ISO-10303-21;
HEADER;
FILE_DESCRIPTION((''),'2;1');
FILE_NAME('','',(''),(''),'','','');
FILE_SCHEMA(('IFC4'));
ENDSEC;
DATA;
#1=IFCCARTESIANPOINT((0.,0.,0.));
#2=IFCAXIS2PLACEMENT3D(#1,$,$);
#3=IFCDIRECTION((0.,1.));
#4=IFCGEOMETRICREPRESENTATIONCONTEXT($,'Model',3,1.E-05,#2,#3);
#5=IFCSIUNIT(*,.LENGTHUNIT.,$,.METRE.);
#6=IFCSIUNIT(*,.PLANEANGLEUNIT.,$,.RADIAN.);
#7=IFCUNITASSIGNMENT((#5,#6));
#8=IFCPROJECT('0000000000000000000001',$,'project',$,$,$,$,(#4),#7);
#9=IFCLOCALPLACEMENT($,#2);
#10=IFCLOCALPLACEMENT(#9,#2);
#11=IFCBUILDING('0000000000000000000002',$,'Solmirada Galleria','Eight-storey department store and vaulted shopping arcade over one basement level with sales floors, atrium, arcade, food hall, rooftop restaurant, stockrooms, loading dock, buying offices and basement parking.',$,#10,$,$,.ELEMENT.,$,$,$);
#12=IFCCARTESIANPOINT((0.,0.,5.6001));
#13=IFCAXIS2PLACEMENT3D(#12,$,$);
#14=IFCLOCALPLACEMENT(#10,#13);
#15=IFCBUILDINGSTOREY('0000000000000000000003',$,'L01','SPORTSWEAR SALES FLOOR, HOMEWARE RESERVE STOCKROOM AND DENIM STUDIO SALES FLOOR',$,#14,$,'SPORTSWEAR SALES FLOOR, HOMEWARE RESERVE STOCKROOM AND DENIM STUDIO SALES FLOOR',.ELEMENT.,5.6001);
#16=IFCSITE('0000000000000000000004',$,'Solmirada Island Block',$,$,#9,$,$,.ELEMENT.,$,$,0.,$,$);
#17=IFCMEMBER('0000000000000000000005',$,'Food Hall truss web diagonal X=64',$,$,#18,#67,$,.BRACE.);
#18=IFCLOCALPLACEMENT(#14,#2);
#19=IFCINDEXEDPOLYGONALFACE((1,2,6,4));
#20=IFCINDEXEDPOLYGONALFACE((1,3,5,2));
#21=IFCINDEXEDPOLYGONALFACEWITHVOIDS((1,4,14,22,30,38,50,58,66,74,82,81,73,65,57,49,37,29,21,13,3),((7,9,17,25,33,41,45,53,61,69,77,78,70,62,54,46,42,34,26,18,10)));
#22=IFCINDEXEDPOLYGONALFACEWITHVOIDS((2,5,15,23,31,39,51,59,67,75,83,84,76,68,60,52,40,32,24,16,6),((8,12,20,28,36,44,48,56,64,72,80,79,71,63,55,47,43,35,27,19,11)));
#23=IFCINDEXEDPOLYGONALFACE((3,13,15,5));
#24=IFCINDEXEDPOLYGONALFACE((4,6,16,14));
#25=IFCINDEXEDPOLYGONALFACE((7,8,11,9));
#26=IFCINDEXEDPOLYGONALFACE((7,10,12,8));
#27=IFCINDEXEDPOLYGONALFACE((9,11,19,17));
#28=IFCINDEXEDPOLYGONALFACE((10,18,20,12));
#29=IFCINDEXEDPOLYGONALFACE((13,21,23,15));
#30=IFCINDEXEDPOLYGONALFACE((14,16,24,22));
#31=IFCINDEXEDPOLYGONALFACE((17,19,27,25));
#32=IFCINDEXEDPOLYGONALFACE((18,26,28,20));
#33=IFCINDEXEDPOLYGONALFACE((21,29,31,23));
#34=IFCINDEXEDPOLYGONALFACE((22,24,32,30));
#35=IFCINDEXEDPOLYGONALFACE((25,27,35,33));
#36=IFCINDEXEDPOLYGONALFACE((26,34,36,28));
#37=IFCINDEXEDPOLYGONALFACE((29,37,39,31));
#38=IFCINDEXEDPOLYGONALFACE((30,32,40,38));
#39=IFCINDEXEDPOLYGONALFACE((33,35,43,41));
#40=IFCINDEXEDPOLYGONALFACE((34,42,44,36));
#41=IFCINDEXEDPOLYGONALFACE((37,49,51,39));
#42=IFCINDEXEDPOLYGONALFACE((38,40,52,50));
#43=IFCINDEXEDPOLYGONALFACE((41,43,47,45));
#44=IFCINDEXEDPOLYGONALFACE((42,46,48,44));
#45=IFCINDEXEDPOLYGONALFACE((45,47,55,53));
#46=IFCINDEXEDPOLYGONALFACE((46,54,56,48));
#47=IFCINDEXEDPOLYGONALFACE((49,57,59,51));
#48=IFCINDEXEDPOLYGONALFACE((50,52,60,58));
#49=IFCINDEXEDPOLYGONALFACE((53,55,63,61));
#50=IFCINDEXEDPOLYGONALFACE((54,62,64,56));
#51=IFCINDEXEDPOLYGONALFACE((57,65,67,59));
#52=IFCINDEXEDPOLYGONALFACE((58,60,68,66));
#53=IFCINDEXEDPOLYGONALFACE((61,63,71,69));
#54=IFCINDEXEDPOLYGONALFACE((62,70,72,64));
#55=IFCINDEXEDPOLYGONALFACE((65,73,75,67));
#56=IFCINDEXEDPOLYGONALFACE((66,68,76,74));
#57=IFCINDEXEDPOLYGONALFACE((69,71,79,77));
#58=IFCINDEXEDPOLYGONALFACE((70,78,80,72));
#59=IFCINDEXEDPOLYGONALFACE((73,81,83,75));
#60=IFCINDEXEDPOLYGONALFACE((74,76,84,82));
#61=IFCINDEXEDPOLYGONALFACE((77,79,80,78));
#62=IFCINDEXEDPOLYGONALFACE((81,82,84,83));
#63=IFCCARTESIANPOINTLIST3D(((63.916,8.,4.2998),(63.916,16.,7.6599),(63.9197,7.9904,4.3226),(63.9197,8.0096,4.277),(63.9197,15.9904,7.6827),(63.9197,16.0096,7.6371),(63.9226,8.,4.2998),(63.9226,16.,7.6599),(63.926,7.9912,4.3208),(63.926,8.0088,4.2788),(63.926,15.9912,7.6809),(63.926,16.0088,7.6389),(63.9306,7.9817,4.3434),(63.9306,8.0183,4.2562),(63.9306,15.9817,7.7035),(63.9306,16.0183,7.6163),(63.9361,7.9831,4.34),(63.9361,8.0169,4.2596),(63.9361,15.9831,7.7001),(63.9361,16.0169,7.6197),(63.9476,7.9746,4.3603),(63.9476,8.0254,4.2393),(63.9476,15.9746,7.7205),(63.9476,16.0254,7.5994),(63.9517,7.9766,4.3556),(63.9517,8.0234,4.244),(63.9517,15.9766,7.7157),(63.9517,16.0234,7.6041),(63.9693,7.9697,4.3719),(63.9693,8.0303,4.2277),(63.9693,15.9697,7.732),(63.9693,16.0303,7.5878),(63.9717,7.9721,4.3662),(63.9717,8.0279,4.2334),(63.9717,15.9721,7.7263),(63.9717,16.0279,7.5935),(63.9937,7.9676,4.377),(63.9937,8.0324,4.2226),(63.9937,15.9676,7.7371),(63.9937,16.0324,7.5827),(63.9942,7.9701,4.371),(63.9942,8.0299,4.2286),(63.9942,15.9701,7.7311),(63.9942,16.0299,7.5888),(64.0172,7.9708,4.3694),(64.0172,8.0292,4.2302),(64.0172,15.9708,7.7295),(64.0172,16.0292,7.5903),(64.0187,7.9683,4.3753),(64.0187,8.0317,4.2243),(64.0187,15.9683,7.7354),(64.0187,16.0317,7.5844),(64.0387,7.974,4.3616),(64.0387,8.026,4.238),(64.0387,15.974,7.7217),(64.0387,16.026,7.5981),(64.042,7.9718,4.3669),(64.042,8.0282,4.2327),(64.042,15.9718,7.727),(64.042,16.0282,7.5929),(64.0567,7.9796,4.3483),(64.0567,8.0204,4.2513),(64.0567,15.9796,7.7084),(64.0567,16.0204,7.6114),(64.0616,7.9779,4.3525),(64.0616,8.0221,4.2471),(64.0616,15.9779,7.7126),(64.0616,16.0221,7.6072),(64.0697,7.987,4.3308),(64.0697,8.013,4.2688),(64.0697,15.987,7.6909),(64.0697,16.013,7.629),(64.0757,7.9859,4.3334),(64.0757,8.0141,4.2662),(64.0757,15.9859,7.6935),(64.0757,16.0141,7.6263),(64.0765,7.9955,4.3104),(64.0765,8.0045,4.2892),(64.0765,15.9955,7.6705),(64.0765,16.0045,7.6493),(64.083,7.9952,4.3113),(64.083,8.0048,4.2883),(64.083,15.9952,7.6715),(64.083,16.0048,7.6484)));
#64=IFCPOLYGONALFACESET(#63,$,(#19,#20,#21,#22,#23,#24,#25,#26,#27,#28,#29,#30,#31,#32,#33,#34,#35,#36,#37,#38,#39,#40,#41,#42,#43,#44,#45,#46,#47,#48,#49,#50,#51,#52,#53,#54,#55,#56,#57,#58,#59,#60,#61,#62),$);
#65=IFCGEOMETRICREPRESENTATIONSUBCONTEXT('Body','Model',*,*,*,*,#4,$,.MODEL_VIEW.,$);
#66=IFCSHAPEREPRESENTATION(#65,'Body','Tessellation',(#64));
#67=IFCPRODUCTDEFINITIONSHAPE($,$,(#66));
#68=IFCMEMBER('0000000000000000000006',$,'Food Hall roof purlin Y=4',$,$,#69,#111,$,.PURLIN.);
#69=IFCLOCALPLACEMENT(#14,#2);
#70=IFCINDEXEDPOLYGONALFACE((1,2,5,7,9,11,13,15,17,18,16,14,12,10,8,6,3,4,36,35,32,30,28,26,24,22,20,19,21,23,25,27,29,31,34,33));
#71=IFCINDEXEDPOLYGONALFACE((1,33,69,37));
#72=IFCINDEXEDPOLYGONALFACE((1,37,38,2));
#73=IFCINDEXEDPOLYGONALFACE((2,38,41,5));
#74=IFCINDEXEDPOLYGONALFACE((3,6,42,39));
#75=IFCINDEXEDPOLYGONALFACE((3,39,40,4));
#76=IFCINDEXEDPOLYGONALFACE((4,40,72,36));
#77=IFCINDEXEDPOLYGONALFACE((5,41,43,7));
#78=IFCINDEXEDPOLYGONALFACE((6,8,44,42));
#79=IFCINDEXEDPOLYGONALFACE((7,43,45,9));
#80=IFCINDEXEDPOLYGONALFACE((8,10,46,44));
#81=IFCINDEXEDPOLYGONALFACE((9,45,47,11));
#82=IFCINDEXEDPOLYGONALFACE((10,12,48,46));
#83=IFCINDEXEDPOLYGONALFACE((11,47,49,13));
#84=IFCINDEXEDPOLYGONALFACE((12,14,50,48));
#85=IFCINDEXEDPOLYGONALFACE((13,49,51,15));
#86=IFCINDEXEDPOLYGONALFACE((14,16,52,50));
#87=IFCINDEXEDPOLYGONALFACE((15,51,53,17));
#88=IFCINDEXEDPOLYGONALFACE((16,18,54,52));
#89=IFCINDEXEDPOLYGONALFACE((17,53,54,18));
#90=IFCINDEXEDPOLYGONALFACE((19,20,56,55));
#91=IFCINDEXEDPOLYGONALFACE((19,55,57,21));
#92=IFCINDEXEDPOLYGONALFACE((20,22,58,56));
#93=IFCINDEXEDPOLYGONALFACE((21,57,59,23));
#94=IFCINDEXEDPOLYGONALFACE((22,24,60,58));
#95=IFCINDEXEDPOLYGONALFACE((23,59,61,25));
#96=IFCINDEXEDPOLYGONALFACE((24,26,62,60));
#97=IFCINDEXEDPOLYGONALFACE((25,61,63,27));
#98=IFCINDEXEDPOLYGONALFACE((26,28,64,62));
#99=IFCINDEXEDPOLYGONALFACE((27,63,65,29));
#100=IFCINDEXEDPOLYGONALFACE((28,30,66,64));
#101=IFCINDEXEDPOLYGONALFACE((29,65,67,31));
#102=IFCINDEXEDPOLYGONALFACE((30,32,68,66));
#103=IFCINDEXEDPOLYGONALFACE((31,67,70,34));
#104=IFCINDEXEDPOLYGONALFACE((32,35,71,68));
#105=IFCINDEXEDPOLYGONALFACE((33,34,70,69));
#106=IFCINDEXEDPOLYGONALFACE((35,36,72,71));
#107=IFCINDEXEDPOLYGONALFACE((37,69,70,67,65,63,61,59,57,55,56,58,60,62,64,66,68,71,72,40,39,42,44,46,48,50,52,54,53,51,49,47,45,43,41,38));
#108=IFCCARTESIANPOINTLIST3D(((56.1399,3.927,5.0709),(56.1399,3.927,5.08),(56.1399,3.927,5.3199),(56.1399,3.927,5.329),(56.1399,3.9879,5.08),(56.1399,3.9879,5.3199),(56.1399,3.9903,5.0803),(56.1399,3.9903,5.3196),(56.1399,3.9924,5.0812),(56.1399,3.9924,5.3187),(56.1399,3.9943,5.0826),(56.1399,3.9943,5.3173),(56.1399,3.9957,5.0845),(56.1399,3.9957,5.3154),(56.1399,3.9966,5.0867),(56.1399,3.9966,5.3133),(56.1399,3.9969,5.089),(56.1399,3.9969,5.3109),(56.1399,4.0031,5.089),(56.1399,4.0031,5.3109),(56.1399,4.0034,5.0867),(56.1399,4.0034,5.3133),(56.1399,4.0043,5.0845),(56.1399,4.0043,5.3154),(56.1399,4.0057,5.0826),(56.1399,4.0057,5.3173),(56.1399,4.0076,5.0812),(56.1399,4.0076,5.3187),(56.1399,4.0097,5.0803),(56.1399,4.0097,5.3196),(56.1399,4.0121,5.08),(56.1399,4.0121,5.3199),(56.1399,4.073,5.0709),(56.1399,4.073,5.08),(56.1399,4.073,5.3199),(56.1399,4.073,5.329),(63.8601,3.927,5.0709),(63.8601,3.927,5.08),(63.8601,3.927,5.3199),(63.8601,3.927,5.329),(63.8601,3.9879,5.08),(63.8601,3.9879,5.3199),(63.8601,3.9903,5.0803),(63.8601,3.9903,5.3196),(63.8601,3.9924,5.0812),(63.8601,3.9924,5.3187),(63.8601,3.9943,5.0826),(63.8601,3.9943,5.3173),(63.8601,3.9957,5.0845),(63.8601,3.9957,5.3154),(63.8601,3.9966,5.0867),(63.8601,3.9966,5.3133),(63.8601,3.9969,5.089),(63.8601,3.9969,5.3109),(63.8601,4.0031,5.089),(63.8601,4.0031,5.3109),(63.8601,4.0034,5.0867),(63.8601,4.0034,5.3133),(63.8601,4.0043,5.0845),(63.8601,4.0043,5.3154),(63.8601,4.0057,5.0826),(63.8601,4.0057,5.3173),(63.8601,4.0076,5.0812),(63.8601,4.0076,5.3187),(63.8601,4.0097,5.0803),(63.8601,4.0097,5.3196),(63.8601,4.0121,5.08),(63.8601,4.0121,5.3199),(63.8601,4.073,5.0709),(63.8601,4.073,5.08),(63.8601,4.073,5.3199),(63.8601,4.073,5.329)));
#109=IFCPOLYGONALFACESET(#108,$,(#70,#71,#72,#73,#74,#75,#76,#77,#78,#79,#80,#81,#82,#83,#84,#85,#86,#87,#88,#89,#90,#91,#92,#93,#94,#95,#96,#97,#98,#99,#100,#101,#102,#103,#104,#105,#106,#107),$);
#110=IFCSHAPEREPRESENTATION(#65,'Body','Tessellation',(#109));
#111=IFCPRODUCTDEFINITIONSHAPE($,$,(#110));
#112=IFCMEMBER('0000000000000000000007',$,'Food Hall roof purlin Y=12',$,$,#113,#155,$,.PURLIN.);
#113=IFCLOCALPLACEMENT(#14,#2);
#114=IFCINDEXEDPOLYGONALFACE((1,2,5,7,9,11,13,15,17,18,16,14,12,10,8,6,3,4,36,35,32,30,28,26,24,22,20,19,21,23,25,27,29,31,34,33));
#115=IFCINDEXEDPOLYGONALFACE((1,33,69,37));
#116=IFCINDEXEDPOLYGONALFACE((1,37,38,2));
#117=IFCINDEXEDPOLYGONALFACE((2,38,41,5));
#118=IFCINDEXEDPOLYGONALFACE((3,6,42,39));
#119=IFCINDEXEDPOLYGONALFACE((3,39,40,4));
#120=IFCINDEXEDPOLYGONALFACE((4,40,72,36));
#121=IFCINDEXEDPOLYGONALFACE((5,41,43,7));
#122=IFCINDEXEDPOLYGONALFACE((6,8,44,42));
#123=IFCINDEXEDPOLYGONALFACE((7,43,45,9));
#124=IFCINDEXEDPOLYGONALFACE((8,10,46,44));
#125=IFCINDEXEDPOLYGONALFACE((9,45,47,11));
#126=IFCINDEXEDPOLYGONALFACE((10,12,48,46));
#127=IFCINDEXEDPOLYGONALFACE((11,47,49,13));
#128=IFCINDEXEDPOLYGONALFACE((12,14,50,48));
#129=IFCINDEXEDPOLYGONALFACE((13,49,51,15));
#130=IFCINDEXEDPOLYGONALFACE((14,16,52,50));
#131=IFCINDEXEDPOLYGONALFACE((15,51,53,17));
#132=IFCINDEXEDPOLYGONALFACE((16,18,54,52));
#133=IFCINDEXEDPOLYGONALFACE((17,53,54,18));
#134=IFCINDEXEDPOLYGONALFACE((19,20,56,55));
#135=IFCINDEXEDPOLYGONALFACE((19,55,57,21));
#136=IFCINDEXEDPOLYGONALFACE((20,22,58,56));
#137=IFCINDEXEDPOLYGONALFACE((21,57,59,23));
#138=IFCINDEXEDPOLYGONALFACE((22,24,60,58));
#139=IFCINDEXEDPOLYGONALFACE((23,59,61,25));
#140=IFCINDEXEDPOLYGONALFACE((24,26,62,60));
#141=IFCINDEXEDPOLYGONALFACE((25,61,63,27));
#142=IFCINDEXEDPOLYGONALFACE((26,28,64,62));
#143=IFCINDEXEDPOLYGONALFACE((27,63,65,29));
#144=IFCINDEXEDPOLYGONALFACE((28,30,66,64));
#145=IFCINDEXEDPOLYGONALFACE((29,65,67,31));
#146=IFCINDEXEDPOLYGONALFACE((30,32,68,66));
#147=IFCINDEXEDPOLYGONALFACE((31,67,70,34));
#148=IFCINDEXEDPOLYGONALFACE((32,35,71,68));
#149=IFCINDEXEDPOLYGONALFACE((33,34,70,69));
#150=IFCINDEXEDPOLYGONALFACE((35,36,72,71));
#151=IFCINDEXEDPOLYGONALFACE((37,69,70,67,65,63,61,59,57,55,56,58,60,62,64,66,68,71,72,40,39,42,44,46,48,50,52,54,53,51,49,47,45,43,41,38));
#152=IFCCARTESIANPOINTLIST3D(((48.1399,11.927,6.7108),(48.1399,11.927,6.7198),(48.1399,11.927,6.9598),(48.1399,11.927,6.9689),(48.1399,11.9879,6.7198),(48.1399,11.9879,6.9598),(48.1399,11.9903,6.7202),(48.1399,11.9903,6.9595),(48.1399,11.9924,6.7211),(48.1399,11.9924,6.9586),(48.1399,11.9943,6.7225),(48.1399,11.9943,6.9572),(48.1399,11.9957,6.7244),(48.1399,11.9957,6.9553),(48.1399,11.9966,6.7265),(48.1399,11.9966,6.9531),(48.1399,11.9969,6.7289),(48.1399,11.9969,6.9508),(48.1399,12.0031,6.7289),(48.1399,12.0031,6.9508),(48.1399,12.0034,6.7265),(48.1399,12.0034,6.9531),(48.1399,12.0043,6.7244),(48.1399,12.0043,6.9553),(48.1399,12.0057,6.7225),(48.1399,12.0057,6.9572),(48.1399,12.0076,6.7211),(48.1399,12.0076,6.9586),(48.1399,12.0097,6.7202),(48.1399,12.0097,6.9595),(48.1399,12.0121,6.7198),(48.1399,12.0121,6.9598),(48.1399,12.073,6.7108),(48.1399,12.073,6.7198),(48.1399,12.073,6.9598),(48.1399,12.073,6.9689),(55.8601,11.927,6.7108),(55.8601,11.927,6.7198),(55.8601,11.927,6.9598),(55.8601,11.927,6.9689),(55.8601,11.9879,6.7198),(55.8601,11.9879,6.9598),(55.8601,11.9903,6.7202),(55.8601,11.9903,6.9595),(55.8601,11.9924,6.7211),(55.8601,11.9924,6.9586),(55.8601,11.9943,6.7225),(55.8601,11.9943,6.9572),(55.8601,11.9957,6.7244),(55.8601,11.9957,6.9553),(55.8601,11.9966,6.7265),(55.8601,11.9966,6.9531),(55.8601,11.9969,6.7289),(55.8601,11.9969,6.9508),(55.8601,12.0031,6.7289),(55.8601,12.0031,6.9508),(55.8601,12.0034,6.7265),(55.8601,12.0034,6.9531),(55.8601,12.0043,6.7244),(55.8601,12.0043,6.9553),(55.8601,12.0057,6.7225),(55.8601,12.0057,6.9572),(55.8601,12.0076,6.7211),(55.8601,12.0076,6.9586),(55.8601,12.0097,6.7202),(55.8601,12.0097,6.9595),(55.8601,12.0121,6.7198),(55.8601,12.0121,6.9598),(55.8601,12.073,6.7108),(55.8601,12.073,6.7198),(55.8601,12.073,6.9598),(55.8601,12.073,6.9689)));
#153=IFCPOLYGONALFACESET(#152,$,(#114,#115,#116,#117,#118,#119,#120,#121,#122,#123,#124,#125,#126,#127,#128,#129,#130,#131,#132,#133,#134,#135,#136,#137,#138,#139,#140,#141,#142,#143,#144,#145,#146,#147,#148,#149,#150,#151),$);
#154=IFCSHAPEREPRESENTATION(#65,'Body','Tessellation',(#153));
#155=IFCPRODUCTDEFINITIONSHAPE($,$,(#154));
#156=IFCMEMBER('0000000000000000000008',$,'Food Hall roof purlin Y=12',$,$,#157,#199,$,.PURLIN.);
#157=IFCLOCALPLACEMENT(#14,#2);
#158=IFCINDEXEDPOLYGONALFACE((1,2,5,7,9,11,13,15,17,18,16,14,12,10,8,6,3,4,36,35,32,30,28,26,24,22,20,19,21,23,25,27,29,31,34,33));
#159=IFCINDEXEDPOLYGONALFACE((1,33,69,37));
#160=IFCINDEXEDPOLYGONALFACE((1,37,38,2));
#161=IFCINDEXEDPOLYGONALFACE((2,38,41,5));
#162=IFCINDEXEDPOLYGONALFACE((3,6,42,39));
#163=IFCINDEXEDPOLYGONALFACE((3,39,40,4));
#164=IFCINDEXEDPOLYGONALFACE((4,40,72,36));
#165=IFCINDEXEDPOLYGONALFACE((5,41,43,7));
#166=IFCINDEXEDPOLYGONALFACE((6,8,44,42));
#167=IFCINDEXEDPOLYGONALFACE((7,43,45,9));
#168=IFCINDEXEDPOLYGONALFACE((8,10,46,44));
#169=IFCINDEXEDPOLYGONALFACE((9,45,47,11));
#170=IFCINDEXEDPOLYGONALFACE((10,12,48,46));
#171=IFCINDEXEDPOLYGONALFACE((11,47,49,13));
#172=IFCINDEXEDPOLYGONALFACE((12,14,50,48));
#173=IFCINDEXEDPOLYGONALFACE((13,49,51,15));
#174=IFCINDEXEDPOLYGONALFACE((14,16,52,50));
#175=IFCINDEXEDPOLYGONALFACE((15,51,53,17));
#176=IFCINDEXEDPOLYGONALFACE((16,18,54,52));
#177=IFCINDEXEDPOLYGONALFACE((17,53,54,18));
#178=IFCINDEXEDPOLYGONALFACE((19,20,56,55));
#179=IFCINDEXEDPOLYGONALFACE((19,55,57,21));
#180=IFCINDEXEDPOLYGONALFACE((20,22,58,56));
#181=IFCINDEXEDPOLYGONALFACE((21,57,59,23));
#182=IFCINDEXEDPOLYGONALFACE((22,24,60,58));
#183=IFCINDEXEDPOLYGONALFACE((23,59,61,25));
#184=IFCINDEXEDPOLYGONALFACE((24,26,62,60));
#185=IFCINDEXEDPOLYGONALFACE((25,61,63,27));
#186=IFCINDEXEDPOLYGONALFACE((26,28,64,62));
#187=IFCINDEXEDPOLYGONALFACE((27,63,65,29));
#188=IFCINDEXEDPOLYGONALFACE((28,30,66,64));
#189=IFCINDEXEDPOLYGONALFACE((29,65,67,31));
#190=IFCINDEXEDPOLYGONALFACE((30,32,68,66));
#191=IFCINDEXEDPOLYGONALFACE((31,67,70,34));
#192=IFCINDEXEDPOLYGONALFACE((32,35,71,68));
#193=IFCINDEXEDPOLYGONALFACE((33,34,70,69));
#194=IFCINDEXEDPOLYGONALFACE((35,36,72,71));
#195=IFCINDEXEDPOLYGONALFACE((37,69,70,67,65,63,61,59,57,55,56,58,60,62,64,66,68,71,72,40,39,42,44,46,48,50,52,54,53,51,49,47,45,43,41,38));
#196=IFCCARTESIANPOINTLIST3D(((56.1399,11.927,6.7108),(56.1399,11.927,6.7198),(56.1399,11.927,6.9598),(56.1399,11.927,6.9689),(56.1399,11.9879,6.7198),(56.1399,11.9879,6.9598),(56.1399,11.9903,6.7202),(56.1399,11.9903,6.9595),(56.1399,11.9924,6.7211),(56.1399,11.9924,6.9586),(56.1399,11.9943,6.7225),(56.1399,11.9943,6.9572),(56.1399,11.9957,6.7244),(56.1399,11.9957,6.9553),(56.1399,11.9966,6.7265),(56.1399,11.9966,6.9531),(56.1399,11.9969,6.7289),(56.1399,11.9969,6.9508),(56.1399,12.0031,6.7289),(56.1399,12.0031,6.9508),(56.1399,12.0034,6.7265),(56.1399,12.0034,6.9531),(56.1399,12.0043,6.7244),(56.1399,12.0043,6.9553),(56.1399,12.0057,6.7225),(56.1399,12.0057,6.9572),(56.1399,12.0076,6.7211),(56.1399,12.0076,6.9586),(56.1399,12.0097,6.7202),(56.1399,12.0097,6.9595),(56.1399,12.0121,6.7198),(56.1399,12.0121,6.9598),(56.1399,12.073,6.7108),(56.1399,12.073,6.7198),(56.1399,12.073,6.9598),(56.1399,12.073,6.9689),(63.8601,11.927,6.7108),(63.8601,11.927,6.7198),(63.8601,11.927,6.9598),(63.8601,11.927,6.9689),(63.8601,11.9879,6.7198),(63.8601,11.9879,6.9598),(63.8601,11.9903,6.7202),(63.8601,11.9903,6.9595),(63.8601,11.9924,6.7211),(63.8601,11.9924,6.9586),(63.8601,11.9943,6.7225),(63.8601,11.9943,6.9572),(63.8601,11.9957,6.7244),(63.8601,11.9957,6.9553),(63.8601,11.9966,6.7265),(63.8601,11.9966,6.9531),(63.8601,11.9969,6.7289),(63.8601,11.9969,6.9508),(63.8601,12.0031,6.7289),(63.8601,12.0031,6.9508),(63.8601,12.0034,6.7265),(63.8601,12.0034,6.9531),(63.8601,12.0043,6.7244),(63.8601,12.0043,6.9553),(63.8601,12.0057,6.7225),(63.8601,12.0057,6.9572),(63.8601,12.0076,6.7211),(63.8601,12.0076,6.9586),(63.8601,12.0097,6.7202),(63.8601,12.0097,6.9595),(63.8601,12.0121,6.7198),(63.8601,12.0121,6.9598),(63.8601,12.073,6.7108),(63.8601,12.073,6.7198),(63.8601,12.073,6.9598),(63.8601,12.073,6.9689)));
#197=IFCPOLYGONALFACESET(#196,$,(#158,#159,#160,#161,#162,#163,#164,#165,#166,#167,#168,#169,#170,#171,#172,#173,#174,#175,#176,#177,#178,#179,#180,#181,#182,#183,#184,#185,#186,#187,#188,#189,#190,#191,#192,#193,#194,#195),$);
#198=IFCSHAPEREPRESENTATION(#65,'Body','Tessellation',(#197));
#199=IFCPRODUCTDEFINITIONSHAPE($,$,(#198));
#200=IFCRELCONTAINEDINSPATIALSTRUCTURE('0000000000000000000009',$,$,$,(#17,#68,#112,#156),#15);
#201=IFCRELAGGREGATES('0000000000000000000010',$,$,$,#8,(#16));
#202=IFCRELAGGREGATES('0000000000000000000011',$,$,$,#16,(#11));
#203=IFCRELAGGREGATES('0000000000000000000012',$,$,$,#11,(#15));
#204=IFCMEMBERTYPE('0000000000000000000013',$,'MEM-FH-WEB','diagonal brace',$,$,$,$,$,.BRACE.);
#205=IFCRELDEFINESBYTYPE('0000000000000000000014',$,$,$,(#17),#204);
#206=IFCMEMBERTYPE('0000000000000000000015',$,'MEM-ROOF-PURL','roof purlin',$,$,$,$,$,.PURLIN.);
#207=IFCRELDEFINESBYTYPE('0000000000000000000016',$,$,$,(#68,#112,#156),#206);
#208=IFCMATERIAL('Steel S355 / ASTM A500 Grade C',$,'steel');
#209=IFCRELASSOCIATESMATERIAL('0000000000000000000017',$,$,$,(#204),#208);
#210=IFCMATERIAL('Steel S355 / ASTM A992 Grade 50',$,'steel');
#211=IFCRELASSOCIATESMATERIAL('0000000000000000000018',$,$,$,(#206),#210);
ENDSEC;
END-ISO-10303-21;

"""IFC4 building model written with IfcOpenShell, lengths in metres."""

from ifc_helpers import new_model, si_unit, direction, frame, origin, origin_2d, place, context, subcontext, project, spatial, hollow_circle, i_section, extrude, material, material_profile, profile_set, type_object, element, save


model = new_model("IFC4")

# Units and contexts
model_context = context("Model", 3, precision=1e-05, world=origin(), true_north=direction((0.0, 1.0)))
body_context = subcontext(model_context, "Body", "Model", "MODEL_VIEW")
ifc_project = project(units=[si_unit("LENGTHUNIT", "METRE"), si_unit("PLANEANGLEUNIT", "RADIAN")], contexts=[model_context])

# Site, building, storey
site_placement = place(None, origin())
site = spatial("IfcSite", under=ifc_project, at=site_placement, Name="Solmirada Island Block", CompositionType="ELEMENT", RefElevation=0.0)
building_placement = place(site_placement, origin())
building = spatial("IfcBuilding", under=site, at=building_placement, Name="Solmirada Galleria", Description="Eight-storey department store and vaulted shopping arcade over one basement level with sales floors, atrium, arcade, food hall, rooftop restaurant, stockrooms, loading dock, buying offices and basement parking.", CompositionType="ELEMENT")
storey_placement = place(building_placement, frame((0.0, 0.0, 5.6001)))
storey = spatial("IfcBuildingStorey", under=building, at=storey_placement, Name="L01", Description="SPORTSWEAR SALES FLOOR, HOMEWARE RESERVE STOCKROOM AND DENIM STUDIO SALES FLOOR", LongName="SPORTSWEAR SALES FLOOR, HOMEWARE RESERVE STOCKROOM AND DENIM STUDIO SALES FLOOR", CompositionType="ELEMENT", Elevation=5.6001)

# Shared definitions
ifc_material_1 = material(Name="Steel S355 / ASTM A500 Grade C", Category="steel")

# Members
ifc_material_profile_1 = material_profile(ifc_material_1, hollow_circle(Radius=0.084, WallThickness=0.0066, at=origin_2d()), Name="HSS6.625X0.280")
ifc_profile_set_1 = profile_set([ifc_material_profile_1], Name="Steel S355 / ASTM A500 Grade C")
member_type_1 = type_object("IfcMemberType", Name="MEM-FH-WEB", Description="diagonal brace", PredefinedType="BRACE", material=ifc_profile_set_1)
member_1_placement = place(storey_placement, frame((64.0, 8.0, 4.2998), z_axis=(0.0, 0.921978, 0.387243), x_axis=(-1.0, 0.0, 0.0)))
element("IfcMember", 1, at=member_1_placement, inside=storey, type_object=member_type_1, Name="Food Hall truss web diagonal X=64", PredefinedType="BRACE", context=body_context, shape_type="SweptSolid", body=[
    extrude(hollow_circle(Radius=0.084, WallThickness=0.0066, at=origin_2d()), origin(), (0.0, 0.0, 1.0), 8.677),
])
ifc_material_2 = material(Name="Steel S355 / ASTM A992 Grade 50", Category="steel")
ifc_material_profile_2 = material_profile(ifc_material_2, i_section(OverallWidth=0.146, OverallDepth=0.2581, WebThickness=0.0061, FlangeThickness=0.009, FilletRadius=0.009, at=origin_2d()), Name="W10X22")
ifc_profile_set_2 = profile_set([ifc_material_profile_2], Name="Steel S355 / ASTM A992 Grade 50")
member_type_2 = type_object("IfcMemberType", Name="MEM-ROOF-PURL", Description="roof purlin", PredefinedType="PURLIN", material=ifc_profile_set_2)
for number, where, z_axis, x_axis, name in (
    (2, (56.1399, 4.0, 5.2), (1.0, 0.0, 0.0), (0.0, 1.0, 0.0), "Food Hall roof purlin Y=4"),
    (3, (48.1399, 12.0, 6.8398), (1.0, 0.0, 0.0), (0.0, 1.0, 0.0), "Food Hall roof purlin Y=12"),
    (4, (56.1399, 12.0, 6.8398), (1.0, 0.0, 0.0), (0.0, 1.0, 0.0), "Food Hall roof purlin Y=12"),
):
    element("IfcMember", number, at=place(storey_placement, frame(where, z_axis=z_axis, x_axis=x_axis)), inside=storey, type_object=member_type_2, Name=name, PredefinedType="PURLIN", context=body_context, shape_type="SweptSolid", body=[
        extrude(i_section(OverallWidth=0.146, OverallDepth=0.2581, WebThickness=0.0061, FlangeThickness=0.009, FilletRadius=0.009, at=origin_2d()), origin(), (0.0, 0.0, 1.0), 7.7202),
    ])

save(model, "model.ifc")
